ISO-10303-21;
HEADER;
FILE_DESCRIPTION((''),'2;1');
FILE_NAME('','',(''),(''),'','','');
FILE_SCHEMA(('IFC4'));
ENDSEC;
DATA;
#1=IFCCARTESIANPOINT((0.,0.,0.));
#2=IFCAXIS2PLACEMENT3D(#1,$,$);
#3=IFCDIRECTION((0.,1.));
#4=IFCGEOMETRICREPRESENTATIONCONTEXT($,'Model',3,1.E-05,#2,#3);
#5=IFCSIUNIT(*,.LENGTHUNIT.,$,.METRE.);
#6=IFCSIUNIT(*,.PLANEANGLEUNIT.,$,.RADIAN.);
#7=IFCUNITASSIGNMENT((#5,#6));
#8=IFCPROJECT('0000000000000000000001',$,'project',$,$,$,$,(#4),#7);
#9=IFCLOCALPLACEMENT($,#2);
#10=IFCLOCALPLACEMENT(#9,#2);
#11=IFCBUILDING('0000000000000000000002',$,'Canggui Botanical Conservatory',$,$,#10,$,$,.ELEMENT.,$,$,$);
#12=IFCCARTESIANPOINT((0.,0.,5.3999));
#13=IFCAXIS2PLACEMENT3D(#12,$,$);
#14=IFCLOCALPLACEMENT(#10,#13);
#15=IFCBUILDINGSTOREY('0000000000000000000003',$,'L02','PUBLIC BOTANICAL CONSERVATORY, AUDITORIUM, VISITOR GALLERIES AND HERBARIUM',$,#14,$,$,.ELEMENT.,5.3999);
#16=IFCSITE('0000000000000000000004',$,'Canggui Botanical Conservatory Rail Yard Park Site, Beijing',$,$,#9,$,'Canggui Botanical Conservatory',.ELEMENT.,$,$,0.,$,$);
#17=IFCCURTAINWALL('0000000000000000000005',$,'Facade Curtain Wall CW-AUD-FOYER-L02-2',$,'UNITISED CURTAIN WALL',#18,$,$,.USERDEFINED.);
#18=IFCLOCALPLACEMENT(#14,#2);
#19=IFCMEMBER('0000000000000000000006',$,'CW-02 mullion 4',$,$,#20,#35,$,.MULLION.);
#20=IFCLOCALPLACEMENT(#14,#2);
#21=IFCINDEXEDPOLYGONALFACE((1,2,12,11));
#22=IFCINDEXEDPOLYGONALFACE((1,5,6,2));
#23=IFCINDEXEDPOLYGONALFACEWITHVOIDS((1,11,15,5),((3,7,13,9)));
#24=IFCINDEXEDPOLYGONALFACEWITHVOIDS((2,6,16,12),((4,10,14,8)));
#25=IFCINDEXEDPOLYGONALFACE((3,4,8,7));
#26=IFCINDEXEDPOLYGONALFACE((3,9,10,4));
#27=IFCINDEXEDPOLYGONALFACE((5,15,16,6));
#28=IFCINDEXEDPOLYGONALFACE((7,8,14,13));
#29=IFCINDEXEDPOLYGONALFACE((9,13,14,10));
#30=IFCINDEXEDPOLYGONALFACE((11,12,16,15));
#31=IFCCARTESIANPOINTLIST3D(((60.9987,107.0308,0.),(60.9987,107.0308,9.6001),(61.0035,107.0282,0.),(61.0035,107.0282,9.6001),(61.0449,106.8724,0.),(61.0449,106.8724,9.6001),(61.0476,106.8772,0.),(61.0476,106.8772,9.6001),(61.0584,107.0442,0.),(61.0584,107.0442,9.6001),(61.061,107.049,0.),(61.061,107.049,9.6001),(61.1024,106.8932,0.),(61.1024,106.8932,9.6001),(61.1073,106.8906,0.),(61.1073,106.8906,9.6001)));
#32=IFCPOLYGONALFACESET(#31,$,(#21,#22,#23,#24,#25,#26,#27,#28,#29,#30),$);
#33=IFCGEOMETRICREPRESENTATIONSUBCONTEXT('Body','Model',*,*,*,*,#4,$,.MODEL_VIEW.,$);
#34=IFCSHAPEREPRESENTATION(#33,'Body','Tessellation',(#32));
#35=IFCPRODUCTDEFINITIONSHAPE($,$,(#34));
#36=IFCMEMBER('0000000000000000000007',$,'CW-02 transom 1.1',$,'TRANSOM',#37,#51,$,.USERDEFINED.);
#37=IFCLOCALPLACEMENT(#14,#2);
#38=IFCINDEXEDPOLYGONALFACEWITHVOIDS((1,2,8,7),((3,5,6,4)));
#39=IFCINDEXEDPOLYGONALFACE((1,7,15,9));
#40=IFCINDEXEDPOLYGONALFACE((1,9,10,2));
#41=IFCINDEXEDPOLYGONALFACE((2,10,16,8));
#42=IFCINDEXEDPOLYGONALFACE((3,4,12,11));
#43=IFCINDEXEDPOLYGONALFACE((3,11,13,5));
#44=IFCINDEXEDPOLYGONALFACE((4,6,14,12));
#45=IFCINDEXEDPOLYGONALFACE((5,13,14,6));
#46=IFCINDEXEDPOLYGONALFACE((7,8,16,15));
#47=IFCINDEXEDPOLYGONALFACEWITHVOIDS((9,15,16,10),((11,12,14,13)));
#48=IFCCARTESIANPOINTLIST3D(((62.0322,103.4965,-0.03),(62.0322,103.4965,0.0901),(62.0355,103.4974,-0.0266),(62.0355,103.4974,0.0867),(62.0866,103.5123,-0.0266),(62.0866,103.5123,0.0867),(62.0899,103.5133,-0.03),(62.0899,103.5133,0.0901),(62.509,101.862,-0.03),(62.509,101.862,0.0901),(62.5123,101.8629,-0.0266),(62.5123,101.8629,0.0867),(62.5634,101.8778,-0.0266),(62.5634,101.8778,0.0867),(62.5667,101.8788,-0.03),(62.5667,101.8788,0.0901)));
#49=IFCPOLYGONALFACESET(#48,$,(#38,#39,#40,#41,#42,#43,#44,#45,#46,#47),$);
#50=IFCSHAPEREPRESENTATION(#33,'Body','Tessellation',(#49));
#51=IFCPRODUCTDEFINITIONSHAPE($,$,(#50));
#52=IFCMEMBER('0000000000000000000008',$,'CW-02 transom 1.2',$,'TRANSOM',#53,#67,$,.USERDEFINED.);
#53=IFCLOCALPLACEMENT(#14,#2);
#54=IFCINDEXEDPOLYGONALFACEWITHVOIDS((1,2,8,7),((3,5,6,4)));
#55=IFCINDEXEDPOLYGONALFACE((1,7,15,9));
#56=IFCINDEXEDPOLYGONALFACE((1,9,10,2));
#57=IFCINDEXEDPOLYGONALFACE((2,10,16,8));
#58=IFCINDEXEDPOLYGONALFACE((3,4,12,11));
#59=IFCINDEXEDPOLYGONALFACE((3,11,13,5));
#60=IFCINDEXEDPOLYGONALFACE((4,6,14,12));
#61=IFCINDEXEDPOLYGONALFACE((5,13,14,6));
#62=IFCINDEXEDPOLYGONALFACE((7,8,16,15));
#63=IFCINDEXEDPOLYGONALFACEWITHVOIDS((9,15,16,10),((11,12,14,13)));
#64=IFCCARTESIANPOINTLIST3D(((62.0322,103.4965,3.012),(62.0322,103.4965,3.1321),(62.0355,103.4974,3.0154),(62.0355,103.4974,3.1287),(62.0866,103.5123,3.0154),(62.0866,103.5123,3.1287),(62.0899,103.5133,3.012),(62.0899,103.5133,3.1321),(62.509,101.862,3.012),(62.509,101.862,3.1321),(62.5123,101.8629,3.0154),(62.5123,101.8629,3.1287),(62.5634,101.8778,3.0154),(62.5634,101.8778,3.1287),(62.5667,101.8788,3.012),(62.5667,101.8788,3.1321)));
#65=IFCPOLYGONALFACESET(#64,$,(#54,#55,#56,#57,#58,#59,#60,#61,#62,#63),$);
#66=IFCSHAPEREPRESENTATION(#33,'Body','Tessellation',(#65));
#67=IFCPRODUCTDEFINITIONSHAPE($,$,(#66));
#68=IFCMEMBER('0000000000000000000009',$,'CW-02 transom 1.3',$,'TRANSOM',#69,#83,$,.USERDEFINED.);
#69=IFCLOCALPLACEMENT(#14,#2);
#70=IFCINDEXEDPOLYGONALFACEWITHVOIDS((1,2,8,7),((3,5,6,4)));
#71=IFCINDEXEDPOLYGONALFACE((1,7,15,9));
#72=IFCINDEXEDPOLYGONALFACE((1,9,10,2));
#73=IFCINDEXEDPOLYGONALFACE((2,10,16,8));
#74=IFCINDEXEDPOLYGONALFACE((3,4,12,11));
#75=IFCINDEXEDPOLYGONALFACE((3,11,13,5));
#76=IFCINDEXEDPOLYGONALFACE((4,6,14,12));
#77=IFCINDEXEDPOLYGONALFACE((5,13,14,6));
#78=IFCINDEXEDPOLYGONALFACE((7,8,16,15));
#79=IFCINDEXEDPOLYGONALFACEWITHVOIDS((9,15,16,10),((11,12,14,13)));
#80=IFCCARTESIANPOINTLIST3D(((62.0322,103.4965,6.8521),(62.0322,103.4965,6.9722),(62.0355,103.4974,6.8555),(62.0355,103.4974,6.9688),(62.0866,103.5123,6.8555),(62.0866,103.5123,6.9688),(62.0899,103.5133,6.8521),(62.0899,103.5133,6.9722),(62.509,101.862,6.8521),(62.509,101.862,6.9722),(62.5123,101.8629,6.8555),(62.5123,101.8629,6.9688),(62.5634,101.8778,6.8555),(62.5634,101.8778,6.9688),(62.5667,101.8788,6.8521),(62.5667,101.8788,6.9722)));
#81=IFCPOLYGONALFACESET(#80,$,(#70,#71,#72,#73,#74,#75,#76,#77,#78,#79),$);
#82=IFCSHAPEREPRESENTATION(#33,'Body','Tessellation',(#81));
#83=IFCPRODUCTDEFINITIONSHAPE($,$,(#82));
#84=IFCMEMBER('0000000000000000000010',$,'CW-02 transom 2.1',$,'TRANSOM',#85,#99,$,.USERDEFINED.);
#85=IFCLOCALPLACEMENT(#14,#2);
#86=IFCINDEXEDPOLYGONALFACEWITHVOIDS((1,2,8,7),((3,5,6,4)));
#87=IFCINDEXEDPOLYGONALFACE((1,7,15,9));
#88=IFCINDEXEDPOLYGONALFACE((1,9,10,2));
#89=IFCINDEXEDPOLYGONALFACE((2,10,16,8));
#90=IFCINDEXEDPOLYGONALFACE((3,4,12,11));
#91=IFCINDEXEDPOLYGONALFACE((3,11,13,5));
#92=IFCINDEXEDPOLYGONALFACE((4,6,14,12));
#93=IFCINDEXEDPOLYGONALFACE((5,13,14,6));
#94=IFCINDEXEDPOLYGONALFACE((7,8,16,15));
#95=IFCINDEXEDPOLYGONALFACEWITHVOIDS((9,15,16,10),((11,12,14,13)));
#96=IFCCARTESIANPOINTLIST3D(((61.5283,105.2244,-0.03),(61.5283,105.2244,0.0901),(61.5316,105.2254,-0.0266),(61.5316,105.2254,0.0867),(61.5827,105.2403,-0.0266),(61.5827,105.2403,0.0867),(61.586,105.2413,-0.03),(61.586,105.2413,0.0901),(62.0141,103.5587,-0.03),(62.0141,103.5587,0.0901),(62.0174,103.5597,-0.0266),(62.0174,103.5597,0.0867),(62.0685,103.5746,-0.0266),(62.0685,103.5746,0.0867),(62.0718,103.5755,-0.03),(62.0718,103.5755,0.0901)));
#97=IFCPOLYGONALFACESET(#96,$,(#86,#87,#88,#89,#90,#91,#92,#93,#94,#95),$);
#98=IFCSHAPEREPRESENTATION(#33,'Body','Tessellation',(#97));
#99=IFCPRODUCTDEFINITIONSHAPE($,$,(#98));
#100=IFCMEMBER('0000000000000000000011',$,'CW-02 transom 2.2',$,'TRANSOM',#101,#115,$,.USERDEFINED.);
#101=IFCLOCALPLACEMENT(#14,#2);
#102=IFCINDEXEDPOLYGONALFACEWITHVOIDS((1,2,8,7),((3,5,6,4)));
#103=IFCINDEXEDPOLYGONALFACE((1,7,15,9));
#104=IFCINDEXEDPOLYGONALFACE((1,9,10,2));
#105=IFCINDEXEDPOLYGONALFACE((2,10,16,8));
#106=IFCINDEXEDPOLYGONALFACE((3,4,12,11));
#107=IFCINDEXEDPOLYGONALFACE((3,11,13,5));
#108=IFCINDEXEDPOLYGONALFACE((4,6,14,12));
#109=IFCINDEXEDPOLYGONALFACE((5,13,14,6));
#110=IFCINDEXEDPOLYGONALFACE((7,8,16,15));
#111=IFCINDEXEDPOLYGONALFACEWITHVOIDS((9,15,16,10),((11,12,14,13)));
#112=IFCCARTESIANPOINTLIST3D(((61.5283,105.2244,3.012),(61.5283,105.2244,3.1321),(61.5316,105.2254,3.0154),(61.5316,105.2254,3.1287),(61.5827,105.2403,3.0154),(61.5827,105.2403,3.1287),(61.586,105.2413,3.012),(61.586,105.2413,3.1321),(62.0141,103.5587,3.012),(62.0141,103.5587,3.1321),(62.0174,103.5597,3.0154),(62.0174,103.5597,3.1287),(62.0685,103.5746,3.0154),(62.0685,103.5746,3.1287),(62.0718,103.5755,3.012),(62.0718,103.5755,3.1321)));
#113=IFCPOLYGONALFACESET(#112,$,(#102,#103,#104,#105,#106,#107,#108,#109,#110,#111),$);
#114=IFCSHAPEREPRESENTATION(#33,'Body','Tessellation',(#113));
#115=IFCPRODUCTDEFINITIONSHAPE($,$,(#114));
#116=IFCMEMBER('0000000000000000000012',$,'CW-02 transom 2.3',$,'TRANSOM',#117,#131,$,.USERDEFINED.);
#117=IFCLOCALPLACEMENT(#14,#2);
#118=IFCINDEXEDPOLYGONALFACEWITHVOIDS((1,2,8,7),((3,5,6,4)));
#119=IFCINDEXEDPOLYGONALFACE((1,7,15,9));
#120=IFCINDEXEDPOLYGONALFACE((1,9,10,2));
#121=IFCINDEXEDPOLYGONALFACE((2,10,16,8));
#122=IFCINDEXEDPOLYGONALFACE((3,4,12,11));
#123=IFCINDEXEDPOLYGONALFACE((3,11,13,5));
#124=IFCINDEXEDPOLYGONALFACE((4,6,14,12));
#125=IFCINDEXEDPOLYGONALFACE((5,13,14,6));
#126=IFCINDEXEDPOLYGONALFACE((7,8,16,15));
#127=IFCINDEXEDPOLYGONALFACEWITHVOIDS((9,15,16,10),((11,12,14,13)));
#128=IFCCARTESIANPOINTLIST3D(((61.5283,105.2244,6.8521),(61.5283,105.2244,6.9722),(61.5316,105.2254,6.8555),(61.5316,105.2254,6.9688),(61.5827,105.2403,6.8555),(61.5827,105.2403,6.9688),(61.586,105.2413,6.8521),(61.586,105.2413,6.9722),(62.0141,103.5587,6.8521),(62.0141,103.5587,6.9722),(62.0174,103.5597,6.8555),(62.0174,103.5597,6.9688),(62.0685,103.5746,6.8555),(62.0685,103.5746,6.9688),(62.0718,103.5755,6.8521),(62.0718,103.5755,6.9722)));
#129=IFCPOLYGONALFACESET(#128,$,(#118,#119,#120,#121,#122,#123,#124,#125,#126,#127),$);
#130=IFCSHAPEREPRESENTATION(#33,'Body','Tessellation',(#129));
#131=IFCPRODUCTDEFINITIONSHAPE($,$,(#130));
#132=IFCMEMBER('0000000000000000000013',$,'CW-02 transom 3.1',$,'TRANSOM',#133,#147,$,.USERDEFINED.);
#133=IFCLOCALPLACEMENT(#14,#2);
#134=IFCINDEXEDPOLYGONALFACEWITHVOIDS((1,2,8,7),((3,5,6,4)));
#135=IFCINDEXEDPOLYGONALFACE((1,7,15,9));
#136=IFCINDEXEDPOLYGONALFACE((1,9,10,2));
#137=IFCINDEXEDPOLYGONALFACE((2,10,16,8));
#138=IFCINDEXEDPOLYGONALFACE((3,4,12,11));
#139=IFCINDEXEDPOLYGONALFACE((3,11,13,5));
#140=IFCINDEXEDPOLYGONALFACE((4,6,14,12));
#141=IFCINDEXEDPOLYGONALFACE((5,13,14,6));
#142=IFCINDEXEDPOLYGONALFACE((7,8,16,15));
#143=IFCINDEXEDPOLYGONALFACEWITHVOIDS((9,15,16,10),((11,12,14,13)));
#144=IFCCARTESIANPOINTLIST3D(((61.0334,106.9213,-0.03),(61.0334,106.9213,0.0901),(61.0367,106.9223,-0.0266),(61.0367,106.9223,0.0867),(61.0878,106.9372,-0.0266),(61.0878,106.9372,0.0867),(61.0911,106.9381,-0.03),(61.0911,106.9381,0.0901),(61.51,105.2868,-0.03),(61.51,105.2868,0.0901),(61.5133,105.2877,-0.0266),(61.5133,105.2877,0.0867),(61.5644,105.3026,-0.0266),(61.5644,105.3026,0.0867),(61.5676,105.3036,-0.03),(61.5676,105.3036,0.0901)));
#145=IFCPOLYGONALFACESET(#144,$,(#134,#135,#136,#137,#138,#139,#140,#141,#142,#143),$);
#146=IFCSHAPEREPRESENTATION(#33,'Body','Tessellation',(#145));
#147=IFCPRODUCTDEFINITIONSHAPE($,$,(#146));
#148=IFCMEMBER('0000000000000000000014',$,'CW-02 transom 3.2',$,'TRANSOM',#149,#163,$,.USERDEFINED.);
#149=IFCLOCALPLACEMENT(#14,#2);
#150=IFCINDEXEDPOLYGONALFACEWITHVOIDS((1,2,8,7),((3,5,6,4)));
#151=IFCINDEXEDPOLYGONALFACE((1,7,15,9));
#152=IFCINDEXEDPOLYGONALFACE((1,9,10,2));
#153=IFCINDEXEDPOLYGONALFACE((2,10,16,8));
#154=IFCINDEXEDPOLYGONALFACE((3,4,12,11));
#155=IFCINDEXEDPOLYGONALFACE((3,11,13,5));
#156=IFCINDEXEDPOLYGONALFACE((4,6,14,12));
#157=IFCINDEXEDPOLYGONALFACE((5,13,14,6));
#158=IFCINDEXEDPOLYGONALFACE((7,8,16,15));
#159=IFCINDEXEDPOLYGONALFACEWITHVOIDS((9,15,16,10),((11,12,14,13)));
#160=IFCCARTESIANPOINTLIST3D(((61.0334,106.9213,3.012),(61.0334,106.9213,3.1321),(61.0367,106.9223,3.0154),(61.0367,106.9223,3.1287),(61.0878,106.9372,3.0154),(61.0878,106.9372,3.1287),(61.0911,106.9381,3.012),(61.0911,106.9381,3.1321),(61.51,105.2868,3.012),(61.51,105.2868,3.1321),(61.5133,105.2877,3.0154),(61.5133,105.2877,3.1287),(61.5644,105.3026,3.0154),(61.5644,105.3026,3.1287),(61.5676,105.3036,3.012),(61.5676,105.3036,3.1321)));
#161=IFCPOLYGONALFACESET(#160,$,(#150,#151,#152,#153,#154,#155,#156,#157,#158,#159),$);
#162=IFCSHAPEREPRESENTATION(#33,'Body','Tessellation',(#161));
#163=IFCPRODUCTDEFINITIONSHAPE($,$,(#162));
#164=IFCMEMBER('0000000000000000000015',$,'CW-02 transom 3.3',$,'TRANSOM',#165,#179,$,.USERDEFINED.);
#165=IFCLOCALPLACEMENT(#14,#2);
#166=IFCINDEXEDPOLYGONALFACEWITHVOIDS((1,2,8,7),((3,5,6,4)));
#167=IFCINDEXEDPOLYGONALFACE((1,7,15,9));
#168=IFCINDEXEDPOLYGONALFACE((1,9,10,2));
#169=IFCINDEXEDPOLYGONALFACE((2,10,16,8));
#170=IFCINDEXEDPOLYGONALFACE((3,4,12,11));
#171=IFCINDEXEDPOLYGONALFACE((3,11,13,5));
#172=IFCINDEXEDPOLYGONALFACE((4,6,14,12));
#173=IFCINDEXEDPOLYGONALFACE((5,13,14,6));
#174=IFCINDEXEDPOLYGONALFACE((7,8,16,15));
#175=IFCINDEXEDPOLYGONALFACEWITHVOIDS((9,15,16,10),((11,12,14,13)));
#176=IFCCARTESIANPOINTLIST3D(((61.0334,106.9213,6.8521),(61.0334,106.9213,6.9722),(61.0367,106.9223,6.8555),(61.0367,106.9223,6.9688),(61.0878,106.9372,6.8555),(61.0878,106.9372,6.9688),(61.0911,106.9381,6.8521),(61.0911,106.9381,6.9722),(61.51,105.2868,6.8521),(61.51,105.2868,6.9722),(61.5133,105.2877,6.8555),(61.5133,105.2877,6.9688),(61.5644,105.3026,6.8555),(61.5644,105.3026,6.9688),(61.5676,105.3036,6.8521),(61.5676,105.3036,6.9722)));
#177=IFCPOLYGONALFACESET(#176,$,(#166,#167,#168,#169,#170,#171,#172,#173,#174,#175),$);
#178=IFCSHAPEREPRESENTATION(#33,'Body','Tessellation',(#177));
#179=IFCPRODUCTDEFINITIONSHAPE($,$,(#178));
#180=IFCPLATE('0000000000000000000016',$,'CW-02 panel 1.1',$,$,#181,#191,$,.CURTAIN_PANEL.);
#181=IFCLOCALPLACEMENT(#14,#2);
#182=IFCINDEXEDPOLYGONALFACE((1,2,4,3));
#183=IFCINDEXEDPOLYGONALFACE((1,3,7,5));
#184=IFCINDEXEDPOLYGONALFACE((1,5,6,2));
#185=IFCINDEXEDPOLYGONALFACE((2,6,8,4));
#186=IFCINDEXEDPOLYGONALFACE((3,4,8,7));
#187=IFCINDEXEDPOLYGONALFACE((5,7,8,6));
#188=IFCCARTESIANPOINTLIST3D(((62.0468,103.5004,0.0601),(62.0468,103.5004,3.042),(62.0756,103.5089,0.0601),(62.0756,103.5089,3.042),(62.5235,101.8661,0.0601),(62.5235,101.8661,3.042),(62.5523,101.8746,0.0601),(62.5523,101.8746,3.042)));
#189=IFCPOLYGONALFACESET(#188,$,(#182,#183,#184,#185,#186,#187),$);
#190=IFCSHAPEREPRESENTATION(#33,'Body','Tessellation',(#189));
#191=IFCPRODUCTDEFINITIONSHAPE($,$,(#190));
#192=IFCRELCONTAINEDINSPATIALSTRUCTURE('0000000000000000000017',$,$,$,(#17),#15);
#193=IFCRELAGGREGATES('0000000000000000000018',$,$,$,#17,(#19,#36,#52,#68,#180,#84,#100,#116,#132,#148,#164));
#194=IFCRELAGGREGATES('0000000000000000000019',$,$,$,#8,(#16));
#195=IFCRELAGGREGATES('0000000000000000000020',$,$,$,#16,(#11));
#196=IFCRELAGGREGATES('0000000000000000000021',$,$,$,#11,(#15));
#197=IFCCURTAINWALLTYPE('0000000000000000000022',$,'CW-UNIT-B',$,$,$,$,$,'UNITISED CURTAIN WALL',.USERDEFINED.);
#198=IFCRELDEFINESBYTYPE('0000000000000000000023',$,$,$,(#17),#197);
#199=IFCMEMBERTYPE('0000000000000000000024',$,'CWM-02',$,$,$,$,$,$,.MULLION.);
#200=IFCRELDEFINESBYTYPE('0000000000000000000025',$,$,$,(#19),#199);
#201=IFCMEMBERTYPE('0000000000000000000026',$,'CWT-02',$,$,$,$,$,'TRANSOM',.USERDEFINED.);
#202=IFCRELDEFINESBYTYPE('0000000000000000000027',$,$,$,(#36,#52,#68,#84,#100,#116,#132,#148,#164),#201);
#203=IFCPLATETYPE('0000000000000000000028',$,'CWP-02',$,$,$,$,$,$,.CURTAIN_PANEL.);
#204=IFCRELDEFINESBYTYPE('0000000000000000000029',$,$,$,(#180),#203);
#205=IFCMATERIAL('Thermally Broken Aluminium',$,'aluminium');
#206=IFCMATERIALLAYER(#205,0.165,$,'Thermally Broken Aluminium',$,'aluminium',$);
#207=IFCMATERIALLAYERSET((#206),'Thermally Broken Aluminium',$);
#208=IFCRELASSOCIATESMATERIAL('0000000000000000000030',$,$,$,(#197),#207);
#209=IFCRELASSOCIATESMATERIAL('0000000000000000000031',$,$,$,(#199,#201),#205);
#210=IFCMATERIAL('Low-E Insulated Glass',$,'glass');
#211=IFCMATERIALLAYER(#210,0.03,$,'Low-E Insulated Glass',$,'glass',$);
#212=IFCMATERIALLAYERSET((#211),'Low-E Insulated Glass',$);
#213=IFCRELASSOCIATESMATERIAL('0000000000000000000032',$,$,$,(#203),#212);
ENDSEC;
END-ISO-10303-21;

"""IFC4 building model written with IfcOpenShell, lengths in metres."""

from ifc_helpers import new_model, si_unit, direction, frame, origin, origin_2d, place, context, subcontext, project, spatial, rectangle, hollow_rectangle, extrude, material, layer, layer_set, material_profile, profile_set, type_object, element, aggregate, save


model = new_model("IFC4")

# Units and contexts
model_context = context("Model", 3, precision=1e-05, world=origin(), true_north=direction((0.0, 1.0)))
body_context = subcontext(model_context, "Body", "Model", "MODEL_VIEW")
ifc_project = project(units=[si_unit("LENGTHUNIT", "METRE"), si_unit("PLANEANGLEUNIT", "RADIAN")], contexts=[model_context])

# Site, building, storey
site_placement = place(None, origin())
site = spatial("IfcSite", under=ifc_project, at=site_placement, Name="Canggui Botanical Conservatory Rail Yard Park Site, Beijing", LongName="Canggui Botanical Conservatory", CompositionType="ELEMENT", RefElevation=0.0)
building_placement = place(site_placement, origin())
building = spatial("IfcBuilding", under=site, at=building_placement, Name="Canggui Botanical Conservatory", CompositionType="ELEMENT")
storey_placement = place(building_placement, frame((0.0, 0.0, 5.3999)))
storey = spatial("IfcBuildingStorey", under=building, at=storey_placement, Name="L02", Description="PUBLIC BOTANICAL CONSERVATORY, AUDITORIUM, VISITOR GALLERIES AND HERBARIUM", CompositionType="ELEMENT", Elevation=5.3999)

# Curtain wall, members, plate
ifc_material_1 = material(Name="Thermally Broken Aluminium", Category="aluminium")
ifc_layer_1 = layer(ifc_material_1, 0.165, Name="Thermally Broken Aluminium", Category="aluminium")
ifc_layer_set_1 = layer_set([ifc_layer_1], Name="Thermally Broken Aluminium")
curtain_wall_type = type_object("IfcCurtainWallType", Name="CW-UNIT-B", ElementType="UNITISED CURTAIN WALL", PredefinedType="USERDEFINED", material=ifc_layer_set_1)
curtain_wall_placement = place(storey_placement, origin())
curtain_wall = element("IfcCurtainWall", 1, at=curtain_wall_placement, inside=storey, type_object=curtain_wall_type, Name="Facade Curtain Wall CW-AUD-FOYER-L02-2", ObjectType="UNITISED CURTAIN WALL", PredefinedType="USERDEFINED")
ifc_material_profile_1 = material_profile(ifc_material_1, hollow_rectangle(XDim=0.0649, YDim=0.165, WallThickness=0.0039, at=origin_2d()), Name="CWM 65x165x4")
ifc_profile_set_1 = profile_set([ifc_material_profile_1], Name="Thermally Broken Aluminium")
member_type_1 = type_object("IfcMemberType", Name="CWM-02", PredefinedType="MULLION", material=ifc_profile_set_1)
member_1_placement = place(storey_placement, frame((61.053, 106.9607, 0.0), z_axis=(0.0, 0.0, 1.0), x_axis=(-0.96, -0.28, 0.0)))
member_1 = element("IfcMember", 2, at=member_1_placement, type_object=member_type_1, Name="CW-02 mullion 4", PredefinedType="MULLION", context=body_context, shape_type="SweptSolid", body=[
    extrude(hollow_rectangle(XDim=0.0649, YDim=0.165, WallThickness=0.0039, at=origin_2d()), origin(), (0.0, 0.0, 1.0), 9.6001),
])
ifc_material_profile_2 = material_profile(ifc_material_1, hollow_rectangle(XDim=0.0601, YDim=0.1201, WallThickness=0.0034, at=origin_2d()), Name="CWT 60x120x3.5")
ifc_profile_set_2 = profile_set([ifc_material_profile_2], Name="Thermally Broken Aluminium")
member_type_2 = type_object("IfcMemberType", Name="CWT-02", ElementType="TRANSOM", PredefinedType="USERDEFINED", material=ifc_profile_set_2)
member_2_placement = place(storey_placement, frame((62.5378, 101.8704, 0.03), z_axis=(-0.280039, 0.959989, 0.0), x_axis=(-0.959989, -0.280039, 0.0)))
member_2 = element("IfcMember", 3, at=member_2_placement, type_object=member_type_2, Name="CW-02 transom 1.1", ObjectType="TRANSOM", PredefinedType="USERDEFINED", context=body_context, shape_type="SweptSolid", body=[
    extrude(hollow_rectangle(XDim=0.0601, YDim=0.1201, WallThickness=0.0034, at=origin_2d()), origin(), (0.0, 0.0, 1.0), 1.7026),
])
member_3_placement = place(storey_placement, frame((62.5378, 101.8704, 3.072), z_axis=(-0.280039, 0.959989, 0.0), x_axis=(-0.959989, -0.280039, 0.0)))
member_3 = element("IfcMember", 4, at=member_3_placement, type_object=member_type_2, Name="CW-02 transom 1.2", ObjectType="TRANSOM", PredefinedType="USERDEFINED", context=body_context, shape_type="SweptSolid", body=[
    extrude(hollow_rectangle(XDim=0.0601, YDim=0.1201, WallThickness=0.0034, at=origin_2d()), origin(), (0.0, 0.0, 1.0), 1.7026),
])
member_4_placement = place(storey_placement, frame((62.5378, 101.8704, 6.9121), z_axis=(-0.280039, 0.959989, 0.0), x_axis=(-0.959989, -0.280039, 0.0)))
member_4 = element("IfcMember", 5, at=member_4_placement, type_object=member_type_2, Name="CW-02 transom 1.3", ObjectType="TRANSOM", PredefinedType="USERDEFINED", context=body_context, shape_type="SweptSolid", body=[
    extrude(hollow_rectangle(XDim=0.0601, YDim=0.1201, WallThickness=0.0034, at=origin_2d()), origin(), (0.0, 0.0, 1.0), 1.7026),
])
member_5_placement = place(storey_placement, frame((62.043, 103.5671, 0.03), z_axis=(-0.279995, 0.960002, 0.0), x_axis=(-0.960002, -0.279995, 0.0)))
member_5 = element("IfcMember", 6, at=member_5_placement, type_object=member_type_2, Name="CW-02 transom 2.1", ObjectType="TRANSOM", PredefinedType="USERDEFINED", context=body_context, shape_type="SweptSolid", body=[
    extrude(hollow_rectangle(XDim=0.0601, YDim=0.1201, WallThickness=0.0034, at=origin_2d()), origin(), (0.0, 0.0, 1.0), 1.7351),
])
member_6_placement = place(storey_placement, frame((62.043, 103.5671, 3.072), z_axis=(-0.279995, 0.960002, 0.0), x_axis=(-0.960002, -0.279995, 0.0)))
member_6 = element("IfcMember", 7, at=member_6_placement, type_object=member_type_2, Name="CW-02 transom 2.2", ObjectType="TRANSOM", PredefinedType="USERDEFINED", context=body_context, shape_type="SweptSolid", body=[
    extrude(hollow_rectangle(XDim=0.0601, YDim=0.1201, WallThickness=0.0034, at=origin_2d()), origin(), (0.0, 0.0, 1.0), 1.7351),
])
member_7_placement = place(storey_placement, frame((62.043, 103.5671, 6.9121), z_axis=(-0.279995, 0.960002, 0.0), x_axis=(-0.960002, -0.279995, 0.0)))
member_7 = element("IfcMember", 8, at=member_7_placement, type_object=member_type_2, Name="CW-02 transom 2.3", ObjectType="TRANSOM", PredefinedType="USERDEFINED", context=body_context, shape_type="SweptSolid", body=[
    extrude(hollow_rectangle(XDim=0.0601, YDim=0.1201, WallThickness=0.0034, at=origin_2d()), origin(), (0.0, 0.0, 1.0), 1.7351),
])
member_8_placement = place(storey_placement, frame((61.5388, 105.2952, 0.03), z_axis=(-0.279906, 0.960027, 0.0), x_axis=(-0.960027, -0.279906, 0.0)))
member_8 = element("IfcMember", 9, at=member_8_placement, type_object=member_type_2, Name="CW-02 transom 3.1", ObjectType="TRANSOM", PredefinedType="USERDEFINED", context=body_context, shape_type="SweptSolid", body=[
    extrude(hollow_rectangle(XDim=0.0601, YDim=0.1201, WallThickness=0.0034, at=origin_2d()), origin(), (0.0, 0.0, 1.0), 1.7026),
])
member_9_placement = place(storey_placement, frame((61.5388, 105.2952, 3.072), z_axis=(-0.279906, 0.960027, 0.0), x_axis=(-0.960027, -0.279906, 0.0)))
member_9 = element("IfcMember", 10, at=member_9_placement, type_object=member_type_2, Name="CW-02 transom 3.2", ObjectType="TRANSOM", PredefinedType="USERDEFINED", context=body_context, shape_type="SweptSolid", body=[
    extrude(hollow_rectangle(XDim=0.0601, YDim=0.1201, WallThickness=0.0034, at=origin_2d()), origin(), (0.0, 0.0, 1.0), 1.7026),
])
member_10_placement = place(storey_placement, frame((61.5388, 105.2952, 6.9121), z_axis=(-0.279906, 0.960027, 0.0), x_axis=(-0.960027, -0.279906, 0.0)))
member_10 = element("IfcMember", 11, at=member_10_placement, type_object=member_type_2, Name="CW-02 transom 3.3", ObjectType="TRANSOM", PredefinedType="USERDEFINED", context=body_context, shape_type="SweptSolid", body=[
    extrude(hollow_rectangle(XDim=0.0601, YDim=0.1201, WallThickness=0.0034, at=origin_2d()), origin(), (0.0, 0.0, 1.0), 1.7026),
])
ifc_material_2 = material(Name="Low-E Insulated Glass", Category="glass")
ifc_layer_2 = layer(ifc_material_2, 0.03, Name="Low-E Insulated Glass", Category="glass")
ifc_layer_set_2 = layer_set([ifc_layer_2], Name="Low-E Insulated Glass")
plate_type_1 = type_object("IfcPlateType", Name="CWP-02", PredefinedType="CURTAIN_PANEL", material=ifc_layer_set_2)
plate_1_placement = place(storey_placement, frame((62.2996, 102.6875, 0.0601), z_axis=(0.0, 0.0, 1.0), x_axis=(-0.28, 0.96, 0.0)))
plate_1 = element("IfcPlate", 12, at=plate_1_placement, type_object=plate_type_1, Name="CW-02 panel 1.1", PredefinedType="CURTAIN_PANEL", context=body_context, shape_type="SweptSolid", body=[
    extrude(rectangle(XDim=1.7024, YDim=0.03, at=origin_2d()), origin(), (0.0, 0.0, 1.0), 2.9819),
])
aggregate(curtain_wall, [member_1, member_2, member_3, member_4, plate_1, member_5, member_6, member_7, member_8, member_9, member_10])

save(model, "model.ifc")
